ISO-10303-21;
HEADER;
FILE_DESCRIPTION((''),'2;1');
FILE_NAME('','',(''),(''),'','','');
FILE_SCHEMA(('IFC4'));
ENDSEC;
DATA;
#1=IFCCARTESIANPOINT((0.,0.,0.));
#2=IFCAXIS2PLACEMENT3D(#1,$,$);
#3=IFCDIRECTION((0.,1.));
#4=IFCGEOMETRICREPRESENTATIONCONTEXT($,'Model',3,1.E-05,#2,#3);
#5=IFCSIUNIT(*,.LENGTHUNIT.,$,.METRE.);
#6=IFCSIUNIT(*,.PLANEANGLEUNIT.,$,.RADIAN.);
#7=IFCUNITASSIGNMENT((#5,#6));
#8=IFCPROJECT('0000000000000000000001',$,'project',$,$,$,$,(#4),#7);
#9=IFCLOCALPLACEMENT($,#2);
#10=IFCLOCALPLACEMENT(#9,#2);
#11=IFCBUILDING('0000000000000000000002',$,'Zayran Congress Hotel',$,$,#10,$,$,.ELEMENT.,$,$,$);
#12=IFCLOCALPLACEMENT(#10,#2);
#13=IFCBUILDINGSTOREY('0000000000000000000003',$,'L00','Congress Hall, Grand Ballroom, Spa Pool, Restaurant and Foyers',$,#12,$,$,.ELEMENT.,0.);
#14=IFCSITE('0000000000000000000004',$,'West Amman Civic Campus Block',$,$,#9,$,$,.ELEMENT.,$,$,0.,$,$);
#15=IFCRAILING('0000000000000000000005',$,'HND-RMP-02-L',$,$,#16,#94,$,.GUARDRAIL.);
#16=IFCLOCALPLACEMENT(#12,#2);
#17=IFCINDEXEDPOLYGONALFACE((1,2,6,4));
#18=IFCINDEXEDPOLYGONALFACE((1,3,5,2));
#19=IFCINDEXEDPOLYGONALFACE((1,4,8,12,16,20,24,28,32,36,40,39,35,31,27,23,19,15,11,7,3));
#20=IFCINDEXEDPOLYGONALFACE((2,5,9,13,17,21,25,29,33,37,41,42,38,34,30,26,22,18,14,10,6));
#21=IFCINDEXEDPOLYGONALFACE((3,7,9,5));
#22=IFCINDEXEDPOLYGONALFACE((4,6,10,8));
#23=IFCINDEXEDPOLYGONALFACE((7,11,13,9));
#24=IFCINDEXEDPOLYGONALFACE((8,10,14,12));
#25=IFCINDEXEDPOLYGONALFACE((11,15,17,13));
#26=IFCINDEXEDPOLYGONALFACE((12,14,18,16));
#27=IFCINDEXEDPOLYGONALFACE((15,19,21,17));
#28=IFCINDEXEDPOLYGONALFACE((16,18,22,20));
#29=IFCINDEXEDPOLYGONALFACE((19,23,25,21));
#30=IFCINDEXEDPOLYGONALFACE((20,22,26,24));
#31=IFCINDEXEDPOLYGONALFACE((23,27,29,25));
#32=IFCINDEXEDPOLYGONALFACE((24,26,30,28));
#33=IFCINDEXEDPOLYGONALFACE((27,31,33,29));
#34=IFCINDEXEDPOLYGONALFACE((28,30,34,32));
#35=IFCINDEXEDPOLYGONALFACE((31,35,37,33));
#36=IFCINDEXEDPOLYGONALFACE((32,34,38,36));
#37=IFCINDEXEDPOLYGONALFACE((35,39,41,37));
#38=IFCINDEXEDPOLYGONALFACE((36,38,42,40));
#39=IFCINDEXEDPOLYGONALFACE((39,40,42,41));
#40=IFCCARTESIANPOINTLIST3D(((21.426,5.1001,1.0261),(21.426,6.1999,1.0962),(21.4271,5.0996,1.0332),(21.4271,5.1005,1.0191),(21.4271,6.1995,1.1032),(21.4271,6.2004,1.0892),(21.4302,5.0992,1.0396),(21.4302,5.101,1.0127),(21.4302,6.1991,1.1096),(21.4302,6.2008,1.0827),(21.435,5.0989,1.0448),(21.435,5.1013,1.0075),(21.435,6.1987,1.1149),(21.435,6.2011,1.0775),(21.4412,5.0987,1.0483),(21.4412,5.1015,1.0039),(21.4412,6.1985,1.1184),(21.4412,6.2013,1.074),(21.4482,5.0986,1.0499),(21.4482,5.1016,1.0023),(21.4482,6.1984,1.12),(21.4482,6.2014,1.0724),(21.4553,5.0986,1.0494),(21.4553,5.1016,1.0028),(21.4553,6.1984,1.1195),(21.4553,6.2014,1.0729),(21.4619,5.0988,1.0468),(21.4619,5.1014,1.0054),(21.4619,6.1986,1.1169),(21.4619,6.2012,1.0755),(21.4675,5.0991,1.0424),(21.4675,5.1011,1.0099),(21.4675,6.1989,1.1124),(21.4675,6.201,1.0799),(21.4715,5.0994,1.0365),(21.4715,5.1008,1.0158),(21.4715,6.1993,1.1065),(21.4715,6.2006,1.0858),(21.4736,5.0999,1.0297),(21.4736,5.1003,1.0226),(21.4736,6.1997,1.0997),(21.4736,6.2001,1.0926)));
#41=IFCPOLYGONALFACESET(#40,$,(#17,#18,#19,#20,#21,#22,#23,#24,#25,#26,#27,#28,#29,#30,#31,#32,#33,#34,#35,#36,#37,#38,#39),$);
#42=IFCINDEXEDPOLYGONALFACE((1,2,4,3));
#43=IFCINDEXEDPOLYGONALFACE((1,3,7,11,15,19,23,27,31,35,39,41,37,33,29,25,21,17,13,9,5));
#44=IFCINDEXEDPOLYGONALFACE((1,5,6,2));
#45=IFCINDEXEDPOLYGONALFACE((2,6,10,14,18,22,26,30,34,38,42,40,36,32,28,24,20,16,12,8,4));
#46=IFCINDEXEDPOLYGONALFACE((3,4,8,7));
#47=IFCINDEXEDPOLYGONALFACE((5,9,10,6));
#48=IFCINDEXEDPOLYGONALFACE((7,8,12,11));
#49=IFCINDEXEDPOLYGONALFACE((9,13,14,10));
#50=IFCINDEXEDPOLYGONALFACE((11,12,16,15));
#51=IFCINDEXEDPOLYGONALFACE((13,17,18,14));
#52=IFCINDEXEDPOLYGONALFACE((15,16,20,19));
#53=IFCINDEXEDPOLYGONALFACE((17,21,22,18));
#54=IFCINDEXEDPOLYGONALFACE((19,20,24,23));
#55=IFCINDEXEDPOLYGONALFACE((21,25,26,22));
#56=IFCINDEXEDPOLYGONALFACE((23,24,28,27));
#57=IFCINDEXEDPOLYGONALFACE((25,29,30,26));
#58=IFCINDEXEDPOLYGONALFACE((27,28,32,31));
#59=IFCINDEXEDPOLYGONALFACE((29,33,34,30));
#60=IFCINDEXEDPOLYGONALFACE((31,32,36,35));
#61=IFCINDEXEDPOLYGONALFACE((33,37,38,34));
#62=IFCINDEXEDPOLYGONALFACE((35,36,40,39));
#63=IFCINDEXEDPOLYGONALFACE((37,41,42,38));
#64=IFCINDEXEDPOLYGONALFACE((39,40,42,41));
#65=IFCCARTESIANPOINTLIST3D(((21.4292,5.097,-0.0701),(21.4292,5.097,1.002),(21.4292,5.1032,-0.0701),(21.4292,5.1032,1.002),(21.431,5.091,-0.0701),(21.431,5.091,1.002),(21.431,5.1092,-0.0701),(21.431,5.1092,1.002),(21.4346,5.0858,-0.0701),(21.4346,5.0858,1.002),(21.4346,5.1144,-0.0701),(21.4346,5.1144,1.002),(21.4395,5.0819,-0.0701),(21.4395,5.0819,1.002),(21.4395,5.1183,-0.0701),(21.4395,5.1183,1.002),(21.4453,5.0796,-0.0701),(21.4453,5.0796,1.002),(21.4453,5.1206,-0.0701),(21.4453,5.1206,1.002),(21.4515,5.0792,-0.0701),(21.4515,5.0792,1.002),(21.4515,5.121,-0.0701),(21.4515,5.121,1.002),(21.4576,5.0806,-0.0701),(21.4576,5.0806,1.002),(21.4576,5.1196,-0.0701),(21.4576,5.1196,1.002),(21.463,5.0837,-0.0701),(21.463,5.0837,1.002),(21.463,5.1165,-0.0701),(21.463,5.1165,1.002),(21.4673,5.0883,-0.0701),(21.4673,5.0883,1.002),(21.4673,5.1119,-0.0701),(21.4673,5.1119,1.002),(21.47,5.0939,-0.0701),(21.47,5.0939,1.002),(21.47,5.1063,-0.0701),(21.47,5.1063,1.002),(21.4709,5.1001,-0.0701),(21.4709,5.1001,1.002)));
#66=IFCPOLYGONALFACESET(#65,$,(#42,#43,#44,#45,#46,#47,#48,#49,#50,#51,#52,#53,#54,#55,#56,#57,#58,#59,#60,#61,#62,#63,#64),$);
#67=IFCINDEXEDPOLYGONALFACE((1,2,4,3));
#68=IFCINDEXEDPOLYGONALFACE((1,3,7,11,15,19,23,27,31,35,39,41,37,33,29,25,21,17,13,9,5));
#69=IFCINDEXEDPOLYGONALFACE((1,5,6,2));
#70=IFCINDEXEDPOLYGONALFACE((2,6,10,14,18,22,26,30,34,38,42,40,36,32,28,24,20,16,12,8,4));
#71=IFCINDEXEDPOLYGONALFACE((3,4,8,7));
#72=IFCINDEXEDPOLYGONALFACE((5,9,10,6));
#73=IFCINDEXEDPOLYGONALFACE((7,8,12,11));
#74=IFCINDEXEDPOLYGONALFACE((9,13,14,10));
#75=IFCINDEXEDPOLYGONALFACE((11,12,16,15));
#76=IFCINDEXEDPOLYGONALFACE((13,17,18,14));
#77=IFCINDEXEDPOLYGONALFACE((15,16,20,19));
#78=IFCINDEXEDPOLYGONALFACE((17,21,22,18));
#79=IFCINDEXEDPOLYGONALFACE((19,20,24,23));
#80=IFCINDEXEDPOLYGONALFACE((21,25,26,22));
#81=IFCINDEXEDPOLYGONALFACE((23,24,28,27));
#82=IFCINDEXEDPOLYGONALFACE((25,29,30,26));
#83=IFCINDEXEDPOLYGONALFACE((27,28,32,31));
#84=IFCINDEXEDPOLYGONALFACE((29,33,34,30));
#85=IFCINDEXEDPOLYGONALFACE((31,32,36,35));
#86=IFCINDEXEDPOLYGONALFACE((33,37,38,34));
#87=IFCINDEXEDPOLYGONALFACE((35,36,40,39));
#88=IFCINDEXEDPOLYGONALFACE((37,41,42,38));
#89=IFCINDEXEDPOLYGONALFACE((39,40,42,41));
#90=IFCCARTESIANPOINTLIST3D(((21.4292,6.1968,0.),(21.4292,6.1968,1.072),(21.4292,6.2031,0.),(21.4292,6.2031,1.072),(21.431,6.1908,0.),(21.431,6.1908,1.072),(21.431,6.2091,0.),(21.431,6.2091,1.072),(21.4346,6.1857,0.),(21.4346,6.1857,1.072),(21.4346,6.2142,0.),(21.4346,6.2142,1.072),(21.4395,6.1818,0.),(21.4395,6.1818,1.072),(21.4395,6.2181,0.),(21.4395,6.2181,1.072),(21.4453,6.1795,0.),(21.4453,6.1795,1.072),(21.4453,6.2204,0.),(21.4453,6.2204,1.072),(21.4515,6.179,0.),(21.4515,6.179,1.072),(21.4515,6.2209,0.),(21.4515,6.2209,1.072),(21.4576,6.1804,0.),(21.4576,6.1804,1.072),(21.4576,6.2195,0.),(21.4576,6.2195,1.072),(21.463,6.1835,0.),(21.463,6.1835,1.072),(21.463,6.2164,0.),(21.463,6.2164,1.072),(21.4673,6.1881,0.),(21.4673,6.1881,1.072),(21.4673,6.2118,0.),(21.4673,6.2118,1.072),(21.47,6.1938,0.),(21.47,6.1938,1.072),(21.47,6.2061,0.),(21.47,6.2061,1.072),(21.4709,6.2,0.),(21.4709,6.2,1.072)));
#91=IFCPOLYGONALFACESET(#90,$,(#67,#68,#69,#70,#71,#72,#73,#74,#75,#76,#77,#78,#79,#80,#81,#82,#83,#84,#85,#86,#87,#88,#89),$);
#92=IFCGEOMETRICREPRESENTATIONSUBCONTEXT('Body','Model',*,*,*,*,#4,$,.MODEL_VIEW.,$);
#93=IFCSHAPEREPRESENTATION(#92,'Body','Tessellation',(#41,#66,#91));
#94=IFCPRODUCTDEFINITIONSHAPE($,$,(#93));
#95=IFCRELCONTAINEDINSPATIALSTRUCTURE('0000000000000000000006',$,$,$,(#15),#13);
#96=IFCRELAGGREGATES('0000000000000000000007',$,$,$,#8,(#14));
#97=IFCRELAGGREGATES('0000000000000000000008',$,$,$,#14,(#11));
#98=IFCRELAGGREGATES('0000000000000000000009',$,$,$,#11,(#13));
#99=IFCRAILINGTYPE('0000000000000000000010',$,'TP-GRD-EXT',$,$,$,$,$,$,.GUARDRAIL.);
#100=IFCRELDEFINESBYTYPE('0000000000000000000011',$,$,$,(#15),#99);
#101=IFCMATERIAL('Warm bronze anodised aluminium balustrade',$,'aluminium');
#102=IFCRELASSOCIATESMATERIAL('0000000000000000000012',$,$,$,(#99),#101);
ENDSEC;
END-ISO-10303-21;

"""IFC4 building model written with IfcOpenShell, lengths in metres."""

from ifc_helpers import new_model, si_unit, direction, frame, origin, origin_2d, place, context, subcontext, project, spatial, circle, extrude, material, type_object, element, save


model = new_model("IFC4")

# Units and contexts
model_context = context("Model", 3, precision=1e-05, world=origin(), true_north=direction((0.0, 1.0)))
body_context = subcontext(model_context, "Body", "Model", "MODEL_VIEW")
ifc_project = project(units=[si_unit("LENGTHUNIT", "METRE"), si_unit("PLANEANGLEUNIT", "RADIAN")], contexts=[model_context])

# Site, building, storey
site_placement = place(None, origin())
site = spatial("IfcSite", under=ifc_project, at=site_placement, Name="West Amman Civic Campus Block", CompositionType="ELEMENT", RefElevation=0.0)
building_placement = place(site_placement, origin())
building = spatial("IfcBuilding", under=site, at=building_placement, Name="Zayran Congress Hotel", CompositionType="ELEMENT")
storey_placement = place(building_placement, origin())
storey = spatial("IfcBuildingStorey", under=building, at=storey_placement, Name="L00", Description="Congress Hall, Grand Ballroom, Spa Pool, Restaurant and Foyers", CompositionType="ELEMENT", Elevation=0.0)

# Railing
ifc_material_1 = material(Name="Warm bronze anodised aluminium balustrade", Category="aluminium")
railing_type = type_object("IfcRailingType", Name="TP-GRD-EXT", PredefinedType="GUARDRAIL", material=ifc_material_1)
railing_placement = place(storey_placement, frame((21.45, 5.1001, -0.0701)))
element("IfcRailing", 1, at=railing_placement, inside=storey, type_object=railing_type, Name="HND-RMP-02-L", PredefinedType="GUARDRAIL", context=body_context, shape_type="SweptSolid", body=[
    extrude(circle(Radius=0.0239, at=origin_2d()), frame((0.0, 0.0, 1.0962), z_axis=(0.0, 0.997977, 0.063578), x_axis=(-1.0, 0.0, 0.0)), (0.0, 0.0, 1.0), 1.1021),
    extrude(circle(Radius=0.021, at=origin_2d()), origin(), (0.0, 0.0, 1.0), 1.072),
    extrude(circle(Radius=0.021, at=origin_2d()), frame((0.0, 1.0999, 0.0701)), (0.0, 0.0, 1.0), 1.072),
])

save(model, "model.ifc")
